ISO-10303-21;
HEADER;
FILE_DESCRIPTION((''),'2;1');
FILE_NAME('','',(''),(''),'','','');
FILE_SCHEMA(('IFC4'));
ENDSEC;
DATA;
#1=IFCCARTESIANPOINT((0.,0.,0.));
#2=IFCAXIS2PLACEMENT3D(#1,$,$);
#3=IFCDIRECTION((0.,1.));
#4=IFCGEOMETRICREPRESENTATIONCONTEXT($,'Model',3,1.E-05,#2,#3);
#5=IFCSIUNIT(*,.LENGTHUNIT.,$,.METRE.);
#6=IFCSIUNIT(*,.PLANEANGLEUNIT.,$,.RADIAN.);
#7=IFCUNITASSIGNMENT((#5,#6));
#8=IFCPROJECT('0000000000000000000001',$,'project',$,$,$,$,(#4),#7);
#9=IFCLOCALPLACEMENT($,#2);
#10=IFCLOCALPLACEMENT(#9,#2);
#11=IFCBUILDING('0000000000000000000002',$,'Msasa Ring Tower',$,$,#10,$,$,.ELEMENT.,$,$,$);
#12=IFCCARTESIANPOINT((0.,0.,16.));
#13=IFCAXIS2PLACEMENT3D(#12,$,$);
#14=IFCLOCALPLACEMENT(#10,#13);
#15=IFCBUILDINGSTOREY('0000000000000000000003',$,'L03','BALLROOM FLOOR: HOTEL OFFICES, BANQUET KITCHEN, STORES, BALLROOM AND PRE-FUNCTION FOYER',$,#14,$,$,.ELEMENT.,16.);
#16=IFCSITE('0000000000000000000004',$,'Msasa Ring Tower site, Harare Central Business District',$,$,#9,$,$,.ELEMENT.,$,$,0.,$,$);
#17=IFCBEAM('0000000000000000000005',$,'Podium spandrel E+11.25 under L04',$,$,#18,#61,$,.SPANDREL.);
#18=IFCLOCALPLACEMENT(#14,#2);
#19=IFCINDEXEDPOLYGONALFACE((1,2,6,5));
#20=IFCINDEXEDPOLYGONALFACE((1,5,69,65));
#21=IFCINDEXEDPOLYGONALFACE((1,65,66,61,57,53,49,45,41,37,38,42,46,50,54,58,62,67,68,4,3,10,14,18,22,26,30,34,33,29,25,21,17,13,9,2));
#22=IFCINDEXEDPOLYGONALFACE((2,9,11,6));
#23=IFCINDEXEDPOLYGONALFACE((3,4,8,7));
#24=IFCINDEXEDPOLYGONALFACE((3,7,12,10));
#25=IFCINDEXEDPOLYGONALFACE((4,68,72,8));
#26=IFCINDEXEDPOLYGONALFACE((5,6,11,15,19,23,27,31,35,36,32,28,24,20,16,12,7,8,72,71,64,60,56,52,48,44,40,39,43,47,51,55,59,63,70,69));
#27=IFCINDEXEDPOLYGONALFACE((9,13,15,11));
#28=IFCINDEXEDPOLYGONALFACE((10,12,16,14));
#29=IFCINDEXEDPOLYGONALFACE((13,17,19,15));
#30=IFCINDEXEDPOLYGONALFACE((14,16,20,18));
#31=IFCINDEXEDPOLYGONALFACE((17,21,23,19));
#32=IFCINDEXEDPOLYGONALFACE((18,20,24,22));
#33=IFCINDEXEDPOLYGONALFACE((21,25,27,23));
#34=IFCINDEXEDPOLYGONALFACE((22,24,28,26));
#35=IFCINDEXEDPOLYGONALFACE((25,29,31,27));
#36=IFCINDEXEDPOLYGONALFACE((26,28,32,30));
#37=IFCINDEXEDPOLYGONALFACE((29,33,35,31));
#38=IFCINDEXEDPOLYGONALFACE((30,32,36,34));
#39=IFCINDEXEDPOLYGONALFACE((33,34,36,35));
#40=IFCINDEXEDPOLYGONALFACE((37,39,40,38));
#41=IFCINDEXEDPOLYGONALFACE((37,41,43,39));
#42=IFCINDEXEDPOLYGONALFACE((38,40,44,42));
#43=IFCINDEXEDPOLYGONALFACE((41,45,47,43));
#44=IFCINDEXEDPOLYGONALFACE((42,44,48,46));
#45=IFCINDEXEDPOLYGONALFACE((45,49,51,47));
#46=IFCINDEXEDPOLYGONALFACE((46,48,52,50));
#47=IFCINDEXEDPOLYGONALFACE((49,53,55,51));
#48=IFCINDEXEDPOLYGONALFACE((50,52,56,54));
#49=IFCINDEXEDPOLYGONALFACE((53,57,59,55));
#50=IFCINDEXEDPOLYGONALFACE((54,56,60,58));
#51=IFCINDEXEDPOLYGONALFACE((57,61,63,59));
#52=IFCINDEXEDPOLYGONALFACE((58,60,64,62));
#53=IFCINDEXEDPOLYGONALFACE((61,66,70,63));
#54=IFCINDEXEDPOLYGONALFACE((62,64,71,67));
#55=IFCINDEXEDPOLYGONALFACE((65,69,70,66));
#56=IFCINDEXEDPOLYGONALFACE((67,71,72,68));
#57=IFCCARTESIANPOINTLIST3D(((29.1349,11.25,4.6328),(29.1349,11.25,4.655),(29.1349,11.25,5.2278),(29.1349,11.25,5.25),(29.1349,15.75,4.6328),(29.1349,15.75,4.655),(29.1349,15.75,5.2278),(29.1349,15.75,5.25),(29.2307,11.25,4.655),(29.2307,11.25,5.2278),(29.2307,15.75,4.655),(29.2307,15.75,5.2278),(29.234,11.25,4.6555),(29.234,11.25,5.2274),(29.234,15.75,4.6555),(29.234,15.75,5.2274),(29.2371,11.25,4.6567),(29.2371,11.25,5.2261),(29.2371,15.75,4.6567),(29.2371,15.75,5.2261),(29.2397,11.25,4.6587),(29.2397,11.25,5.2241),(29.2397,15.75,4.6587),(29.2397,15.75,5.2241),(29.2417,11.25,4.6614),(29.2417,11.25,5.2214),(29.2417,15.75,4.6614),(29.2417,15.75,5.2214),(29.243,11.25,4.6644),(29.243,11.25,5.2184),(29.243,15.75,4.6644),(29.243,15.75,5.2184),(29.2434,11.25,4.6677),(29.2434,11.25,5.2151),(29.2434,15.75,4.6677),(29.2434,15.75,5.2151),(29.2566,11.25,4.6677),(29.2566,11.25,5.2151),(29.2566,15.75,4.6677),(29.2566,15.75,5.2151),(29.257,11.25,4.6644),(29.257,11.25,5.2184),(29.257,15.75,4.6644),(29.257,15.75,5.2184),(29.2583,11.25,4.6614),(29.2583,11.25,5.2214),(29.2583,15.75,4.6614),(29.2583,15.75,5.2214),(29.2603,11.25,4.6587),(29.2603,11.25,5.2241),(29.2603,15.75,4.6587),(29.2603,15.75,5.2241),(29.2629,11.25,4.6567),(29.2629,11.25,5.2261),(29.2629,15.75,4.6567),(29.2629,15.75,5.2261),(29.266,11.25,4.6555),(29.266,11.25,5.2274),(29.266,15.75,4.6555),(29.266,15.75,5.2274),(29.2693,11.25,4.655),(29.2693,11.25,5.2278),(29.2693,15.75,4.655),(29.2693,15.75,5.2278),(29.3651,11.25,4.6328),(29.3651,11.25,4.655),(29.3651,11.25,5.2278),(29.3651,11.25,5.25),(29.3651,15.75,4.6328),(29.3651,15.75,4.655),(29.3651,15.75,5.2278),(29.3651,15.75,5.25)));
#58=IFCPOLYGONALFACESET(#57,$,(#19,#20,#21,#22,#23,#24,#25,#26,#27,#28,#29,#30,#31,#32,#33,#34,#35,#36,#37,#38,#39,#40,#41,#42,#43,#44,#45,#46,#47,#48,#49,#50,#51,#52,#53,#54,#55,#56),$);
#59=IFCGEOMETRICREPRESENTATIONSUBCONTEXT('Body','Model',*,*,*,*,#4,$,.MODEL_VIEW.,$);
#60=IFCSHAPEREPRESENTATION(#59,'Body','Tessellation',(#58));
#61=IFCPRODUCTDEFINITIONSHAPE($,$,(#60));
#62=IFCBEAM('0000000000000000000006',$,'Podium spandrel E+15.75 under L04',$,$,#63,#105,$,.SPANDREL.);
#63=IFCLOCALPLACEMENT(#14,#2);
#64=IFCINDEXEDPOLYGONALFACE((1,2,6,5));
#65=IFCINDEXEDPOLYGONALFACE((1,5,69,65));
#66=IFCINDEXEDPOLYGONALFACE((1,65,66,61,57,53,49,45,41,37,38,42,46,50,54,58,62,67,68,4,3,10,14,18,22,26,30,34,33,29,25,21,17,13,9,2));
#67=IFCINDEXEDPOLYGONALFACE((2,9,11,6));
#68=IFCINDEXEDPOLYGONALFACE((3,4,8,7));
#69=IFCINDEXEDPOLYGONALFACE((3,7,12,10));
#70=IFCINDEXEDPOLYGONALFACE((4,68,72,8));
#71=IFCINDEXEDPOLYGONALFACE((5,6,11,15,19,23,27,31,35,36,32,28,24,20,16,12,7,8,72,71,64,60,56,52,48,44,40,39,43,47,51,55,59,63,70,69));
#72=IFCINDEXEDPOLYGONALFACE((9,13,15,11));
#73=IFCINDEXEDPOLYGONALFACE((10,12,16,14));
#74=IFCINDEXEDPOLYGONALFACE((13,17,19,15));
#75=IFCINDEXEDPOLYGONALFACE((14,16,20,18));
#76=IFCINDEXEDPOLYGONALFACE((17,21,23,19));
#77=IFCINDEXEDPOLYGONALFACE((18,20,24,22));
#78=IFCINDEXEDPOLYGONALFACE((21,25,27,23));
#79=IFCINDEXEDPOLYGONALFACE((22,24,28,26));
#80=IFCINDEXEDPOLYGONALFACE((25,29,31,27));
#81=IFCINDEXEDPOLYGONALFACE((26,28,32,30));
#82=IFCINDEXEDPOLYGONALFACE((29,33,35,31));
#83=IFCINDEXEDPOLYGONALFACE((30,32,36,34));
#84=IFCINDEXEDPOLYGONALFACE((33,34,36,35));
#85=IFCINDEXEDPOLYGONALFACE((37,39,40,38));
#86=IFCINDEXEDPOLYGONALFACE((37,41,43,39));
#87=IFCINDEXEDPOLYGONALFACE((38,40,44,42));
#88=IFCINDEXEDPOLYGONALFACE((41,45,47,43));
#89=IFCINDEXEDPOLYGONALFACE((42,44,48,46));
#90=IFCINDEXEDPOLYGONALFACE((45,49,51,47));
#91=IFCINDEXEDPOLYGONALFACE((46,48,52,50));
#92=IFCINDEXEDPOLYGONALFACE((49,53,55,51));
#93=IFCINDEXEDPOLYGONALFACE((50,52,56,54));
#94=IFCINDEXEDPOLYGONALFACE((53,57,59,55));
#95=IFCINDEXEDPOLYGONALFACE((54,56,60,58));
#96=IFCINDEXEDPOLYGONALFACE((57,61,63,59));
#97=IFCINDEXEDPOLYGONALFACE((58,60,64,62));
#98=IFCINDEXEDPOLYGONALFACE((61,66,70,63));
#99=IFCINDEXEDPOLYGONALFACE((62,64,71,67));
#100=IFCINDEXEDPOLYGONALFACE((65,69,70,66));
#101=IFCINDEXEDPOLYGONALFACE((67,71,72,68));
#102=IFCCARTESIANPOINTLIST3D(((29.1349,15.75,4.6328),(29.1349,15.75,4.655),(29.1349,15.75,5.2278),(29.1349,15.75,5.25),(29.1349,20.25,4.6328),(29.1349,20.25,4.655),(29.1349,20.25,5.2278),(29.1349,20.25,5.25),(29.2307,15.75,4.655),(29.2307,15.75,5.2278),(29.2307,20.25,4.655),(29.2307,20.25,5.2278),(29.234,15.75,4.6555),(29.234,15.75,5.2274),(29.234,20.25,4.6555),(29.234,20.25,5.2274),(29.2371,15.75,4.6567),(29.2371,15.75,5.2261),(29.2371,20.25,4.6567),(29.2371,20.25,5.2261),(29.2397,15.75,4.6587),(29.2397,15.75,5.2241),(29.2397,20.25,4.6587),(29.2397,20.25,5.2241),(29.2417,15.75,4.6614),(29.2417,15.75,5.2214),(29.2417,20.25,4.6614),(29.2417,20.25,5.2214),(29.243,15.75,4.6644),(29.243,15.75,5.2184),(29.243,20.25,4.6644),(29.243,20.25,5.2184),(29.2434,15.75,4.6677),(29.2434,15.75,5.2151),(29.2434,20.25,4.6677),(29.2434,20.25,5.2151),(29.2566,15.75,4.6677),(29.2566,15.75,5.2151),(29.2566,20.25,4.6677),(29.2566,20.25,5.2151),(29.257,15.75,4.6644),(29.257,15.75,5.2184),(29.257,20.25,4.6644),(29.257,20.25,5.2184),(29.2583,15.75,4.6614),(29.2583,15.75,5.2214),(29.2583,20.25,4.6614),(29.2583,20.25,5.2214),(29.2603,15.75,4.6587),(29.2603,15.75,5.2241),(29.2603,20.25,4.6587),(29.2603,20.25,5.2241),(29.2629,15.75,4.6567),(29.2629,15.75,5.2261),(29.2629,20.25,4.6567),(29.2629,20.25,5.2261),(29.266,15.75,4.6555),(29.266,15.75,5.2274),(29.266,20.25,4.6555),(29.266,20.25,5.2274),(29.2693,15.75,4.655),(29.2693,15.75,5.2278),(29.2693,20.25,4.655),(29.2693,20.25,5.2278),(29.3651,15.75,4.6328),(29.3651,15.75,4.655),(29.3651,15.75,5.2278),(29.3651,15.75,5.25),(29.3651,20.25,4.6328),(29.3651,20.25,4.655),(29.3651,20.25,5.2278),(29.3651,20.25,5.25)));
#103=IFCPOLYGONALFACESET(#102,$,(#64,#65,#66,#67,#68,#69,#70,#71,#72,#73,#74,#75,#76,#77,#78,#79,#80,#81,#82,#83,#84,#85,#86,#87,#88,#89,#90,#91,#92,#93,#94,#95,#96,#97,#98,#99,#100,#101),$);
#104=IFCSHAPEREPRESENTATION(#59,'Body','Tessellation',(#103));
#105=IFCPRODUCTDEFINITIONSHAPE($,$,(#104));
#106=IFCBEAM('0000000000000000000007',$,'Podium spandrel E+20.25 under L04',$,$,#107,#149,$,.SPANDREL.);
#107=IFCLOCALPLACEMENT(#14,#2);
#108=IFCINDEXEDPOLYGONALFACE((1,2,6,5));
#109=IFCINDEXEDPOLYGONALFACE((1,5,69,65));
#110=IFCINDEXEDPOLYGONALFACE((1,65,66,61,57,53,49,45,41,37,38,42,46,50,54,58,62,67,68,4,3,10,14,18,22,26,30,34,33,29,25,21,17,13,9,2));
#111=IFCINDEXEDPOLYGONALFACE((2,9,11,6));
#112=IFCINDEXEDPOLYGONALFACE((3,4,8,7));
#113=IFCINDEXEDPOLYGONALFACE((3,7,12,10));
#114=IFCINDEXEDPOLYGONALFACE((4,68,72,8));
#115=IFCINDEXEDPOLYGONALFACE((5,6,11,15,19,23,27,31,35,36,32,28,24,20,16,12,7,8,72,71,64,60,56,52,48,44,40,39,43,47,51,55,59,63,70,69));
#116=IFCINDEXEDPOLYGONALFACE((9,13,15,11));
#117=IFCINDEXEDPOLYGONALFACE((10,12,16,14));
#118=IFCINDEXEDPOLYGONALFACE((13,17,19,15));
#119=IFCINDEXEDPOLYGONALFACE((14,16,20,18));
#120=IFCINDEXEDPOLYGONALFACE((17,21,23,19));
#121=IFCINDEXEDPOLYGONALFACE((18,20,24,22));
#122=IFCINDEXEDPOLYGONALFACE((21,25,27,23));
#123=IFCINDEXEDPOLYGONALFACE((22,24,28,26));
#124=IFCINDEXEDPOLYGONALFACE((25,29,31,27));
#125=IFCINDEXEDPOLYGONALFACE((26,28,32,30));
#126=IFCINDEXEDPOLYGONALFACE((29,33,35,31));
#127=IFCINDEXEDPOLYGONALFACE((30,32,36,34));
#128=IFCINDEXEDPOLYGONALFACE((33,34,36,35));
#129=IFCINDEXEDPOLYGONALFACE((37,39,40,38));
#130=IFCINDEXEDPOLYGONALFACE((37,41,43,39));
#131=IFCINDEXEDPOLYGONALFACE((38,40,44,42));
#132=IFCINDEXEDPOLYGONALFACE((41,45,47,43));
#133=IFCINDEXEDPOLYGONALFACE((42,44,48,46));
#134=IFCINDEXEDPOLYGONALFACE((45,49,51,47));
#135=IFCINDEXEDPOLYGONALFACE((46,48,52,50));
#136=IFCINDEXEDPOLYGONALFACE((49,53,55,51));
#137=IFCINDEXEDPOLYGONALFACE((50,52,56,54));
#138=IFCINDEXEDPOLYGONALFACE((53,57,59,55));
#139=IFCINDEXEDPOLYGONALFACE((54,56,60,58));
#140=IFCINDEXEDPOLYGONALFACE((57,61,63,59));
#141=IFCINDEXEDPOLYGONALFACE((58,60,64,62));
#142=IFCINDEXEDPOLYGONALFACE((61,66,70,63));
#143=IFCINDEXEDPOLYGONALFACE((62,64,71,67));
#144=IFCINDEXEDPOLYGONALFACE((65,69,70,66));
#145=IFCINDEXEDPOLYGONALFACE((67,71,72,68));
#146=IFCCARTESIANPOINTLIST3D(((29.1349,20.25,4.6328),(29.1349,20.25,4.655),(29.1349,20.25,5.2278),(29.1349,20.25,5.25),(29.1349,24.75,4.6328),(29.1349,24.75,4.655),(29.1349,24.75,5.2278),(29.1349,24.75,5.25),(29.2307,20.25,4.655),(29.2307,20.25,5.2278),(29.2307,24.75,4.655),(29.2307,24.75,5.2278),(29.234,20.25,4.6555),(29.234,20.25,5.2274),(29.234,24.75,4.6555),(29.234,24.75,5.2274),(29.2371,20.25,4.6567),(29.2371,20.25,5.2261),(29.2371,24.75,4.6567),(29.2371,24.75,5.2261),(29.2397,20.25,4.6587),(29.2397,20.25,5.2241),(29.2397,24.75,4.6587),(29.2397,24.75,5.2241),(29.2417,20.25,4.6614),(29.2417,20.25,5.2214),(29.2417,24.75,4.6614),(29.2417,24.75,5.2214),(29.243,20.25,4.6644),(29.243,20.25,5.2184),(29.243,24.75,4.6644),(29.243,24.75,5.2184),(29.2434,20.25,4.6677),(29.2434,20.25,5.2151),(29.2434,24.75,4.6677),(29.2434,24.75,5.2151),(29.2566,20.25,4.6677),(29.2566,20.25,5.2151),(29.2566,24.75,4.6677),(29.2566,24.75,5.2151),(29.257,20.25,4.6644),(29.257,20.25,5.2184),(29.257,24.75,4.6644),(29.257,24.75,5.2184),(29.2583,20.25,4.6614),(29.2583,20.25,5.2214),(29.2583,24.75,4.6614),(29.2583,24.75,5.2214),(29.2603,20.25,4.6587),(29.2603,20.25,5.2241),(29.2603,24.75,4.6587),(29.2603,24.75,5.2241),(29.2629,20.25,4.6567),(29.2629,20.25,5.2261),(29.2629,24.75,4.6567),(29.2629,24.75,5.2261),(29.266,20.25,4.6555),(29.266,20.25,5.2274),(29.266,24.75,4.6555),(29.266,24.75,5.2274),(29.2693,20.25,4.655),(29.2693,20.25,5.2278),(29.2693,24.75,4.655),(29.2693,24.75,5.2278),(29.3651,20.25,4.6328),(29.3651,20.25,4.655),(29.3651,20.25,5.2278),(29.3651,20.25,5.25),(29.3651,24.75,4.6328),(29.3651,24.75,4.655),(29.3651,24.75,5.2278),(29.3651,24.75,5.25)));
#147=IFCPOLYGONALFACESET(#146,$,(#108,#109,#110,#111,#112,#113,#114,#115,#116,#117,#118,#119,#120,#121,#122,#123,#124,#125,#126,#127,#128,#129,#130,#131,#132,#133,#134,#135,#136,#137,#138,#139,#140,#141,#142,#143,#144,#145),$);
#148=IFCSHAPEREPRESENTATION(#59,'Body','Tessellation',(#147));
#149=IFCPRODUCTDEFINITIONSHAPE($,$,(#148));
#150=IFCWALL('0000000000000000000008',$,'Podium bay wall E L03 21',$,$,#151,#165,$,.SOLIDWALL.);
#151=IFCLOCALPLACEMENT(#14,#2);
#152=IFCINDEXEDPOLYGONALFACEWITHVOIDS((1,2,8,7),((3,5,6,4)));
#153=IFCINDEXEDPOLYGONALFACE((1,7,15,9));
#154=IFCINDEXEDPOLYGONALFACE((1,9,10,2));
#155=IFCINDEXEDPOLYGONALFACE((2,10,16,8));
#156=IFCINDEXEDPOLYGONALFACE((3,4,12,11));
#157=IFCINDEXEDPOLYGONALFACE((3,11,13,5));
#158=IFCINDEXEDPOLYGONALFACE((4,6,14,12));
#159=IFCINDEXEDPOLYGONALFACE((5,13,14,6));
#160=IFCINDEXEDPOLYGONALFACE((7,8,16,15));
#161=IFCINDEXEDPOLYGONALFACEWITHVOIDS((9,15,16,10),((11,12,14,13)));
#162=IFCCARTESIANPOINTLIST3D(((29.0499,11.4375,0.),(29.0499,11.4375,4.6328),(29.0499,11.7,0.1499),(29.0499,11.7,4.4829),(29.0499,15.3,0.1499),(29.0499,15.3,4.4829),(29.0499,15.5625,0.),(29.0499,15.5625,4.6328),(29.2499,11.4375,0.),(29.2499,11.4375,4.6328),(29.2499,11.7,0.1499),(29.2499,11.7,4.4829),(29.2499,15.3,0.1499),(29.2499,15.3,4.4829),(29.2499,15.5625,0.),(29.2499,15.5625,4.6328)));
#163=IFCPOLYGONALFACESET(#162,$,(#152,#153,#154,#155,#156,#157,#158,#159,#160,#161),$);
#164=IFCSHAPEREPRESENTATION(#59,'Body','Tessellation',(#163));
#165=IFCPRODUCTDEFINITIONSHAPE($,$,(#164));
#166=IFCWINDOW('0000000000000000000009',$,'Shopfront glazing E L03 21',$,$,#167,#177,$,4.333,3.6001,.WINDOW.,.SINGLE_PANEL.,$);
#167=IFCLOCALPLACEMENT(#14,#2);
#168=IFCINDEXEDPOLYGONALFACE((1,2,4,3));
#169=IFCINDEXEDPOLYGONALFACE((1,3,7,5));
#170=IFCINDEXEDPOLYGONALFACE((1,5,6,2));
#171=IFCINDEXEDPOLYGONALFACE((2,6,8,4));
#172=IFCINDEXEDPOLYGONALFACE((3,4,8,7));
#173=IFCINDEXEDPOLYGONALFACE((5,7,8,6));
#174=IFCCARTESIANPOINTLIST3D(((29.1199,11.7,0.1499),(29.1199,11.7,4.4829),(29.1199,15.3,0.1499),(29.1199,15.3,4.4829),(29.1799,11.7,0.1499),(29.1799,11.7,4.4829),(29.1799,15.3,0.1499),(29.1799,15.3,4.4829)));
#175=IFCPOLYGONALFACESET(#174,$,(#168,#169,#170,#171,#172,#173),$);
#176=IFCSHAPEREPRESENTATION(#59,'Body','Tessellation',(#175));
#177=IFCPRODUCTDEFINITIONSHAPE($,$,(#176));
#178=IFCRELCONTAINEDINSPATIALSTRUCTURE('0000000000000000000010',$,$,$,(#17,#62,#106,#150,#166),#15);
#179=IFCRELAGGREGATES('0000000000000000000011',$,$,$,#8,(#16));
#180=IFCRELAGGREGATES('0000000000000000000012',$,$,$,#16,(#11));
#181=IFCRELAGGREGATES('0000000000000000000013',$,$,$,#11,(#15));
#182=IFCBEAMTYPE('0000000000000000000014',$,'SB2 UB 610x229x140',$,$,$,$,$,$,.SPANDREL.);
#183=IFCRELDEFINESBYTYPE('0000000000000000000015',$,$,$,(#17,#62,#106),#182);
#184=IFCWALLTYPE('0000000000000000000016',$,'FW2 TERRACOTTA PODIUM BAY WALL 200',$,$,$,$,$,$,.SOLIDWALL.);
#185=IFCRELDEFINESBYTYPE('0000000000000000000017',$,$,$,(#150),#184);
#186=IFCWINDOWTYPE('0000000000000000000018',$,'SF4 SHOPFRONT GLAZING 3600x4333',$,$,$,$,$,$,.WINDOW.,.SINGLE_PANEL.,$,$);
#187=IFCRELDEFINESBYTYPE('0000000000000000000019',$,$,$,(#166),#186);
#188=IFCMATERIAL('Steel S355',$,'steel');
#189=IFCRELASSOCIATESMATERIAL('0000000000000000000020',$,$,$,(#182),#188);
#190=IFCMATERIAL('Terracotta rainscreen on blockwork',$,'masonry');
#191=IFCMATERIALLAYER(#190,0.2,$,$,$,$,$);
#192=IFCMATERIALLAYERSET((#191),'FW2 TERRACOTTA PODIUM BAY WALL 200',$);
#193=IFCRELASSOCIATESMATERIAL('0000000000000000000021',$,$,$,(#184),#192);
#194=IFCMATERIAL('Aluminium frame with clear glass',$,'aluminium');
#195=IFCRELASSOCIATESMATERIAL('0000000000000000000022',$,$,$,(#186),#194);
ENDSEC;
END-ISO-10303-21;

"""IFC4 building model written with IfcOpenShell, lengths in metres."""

from ifc_helpers import new_model, si_unit, direction, frame, frame_2d, origin, origin_2d, place, context, subcontext, project, spatial, rectangle, i_section, extrude, material, layer, layer_set, material_profile, profile_set, type_object, element, fill, save


model = new_model("IFC4")

# Units and contexts
model_context = context("Model", 3, precision=1e-05, world=origin(), true_north=direction((0.0, 1.0)))
body_context = subcontext(model_context, "Body", "Model", "MODEL_VIEW")
ifc_project = project(units=[si_unit("LENGTHUNIT", "METRE"), si_unit("PLANEANGLEUNIT", "RADIAN")], contexts=[model_context])

# Site, building, storey
site_placement = place(None, origin())
site = spatial("IfcSite", under=ifc_project, at=site_placement, Name="Msasa Ring Tower site, Harare Central Business District", CompositionType="ELEMENT", RefElevation=0.0)
building_placement = place(site_placement, origin())
building = spatial("IfcBuilding", under=site, at=building_placement, Name="Msasa Ring Tower", CompositionType="ELEMENT")
storey_placement = place(building_placement, frame((0.0, 0.0, 16.0)))
storey = spatial("IfcBuildingStorey", under=building, at=storey_placement, Name="L03", Description="BALLROOM FLOOR: HOTEL OFFICES, BANQUET KITCHEN, STORES, BALLROOM AND PRE-FUNCTION FOYER", CompositionType="ELEMENT", Elevation=16.0)

# Beams
ifc_material_1 = material(Name="Steel S355", Category="steel")
ifc_material_profile_1 = material_profile(ifc_material_1, i_section(OverallWidth=0.2302, OverallDepth=0.6172, WebThickness=0.0132, FlangeThickness=0.0222, FilletRadius=0.0127, at=origin_2d()), Name="UB 610x229x140")
ifc_profile_set_1 = profile_set([ifc_material_profile_1], Name="Steel S355")
beam_type_1 = type_object("IfcBeamType", Name="SB2 UB 610x229x140", PredefinedType="SPANDREL", material=ifc_profile_set_1)
for number, where, z_axis, x_axis, name in (
    (1, (29.25, 11.25, 4.9414), (0.0, 1.0, 0.0), (-1.0, 0.0, 0.0), "Podium spandrel E+11.25 under L04"),
    (2, (29.25, 15.75, 4.9414), (0.0, 1.0, 0.0), (-1.0, 0.0, 0.0), "Podium spandrel E+15.75 under L04"),
    (3, (29.25, 20.25, 4.9414), (0.0, 1.0, 0.0), (-1.0, 0.0, 0.0), "Podium spandrel E+20.25 under L04"),
):
    element("IfcBeam", number, at=place(storey_placement, frame(where, z_axis=z_axis, x_axis=x_axis)), inside=storey, type_object=beam_type_1, Name=name, PredefinedType="SPANDREL", context=body_context, shape_type="SweptSolid", body=[
        extrude(i_section(OverallWidth=0.2302, OverallDepth=0.6172, WebThickness=0.0132, FlangeThickness=0.0222, FilletRadius=0.0127, at=origin_2d()), origin(), (0.0, 0.0, 1.0), 4.5),
    ])

# Wall, opening, window
ifc_material_2 = material(Name="Terracotta rainscreen on blockwork", Category="masonry")
ifc_layer_1 = layer(ifc_material_2, 0.2)
ifc_layer_set_1 = layer_set([ifc_layer_1], Name="FW2 TERRACOTTA PODIUM BAY WALL 200")
wall_type_1 = type_object("IfcWallType", Name="FW2 TERRACOTTA PODIUM BAY WALL 200", PredefinedType="SOLIDWALL", material=ifc_layer_set_1)
wall_1_placement = place(storey_placement, frame((29.1499, 11.4375, 0.0), z_axis=(0.0, 0.0, 1.0), x_axis=(0.0, 1.0, 0.0)))
wall_1 = element("IfcWall", 4, at=wall_1_placement, inside=storey, type_object=wall_type_1, Name="Podium bay wall E L03 21", PredefinedType="SOLIDWALL", context=body_context, shape_type="SweptSolid", body=[
    extrude(rectangle(XDim=4.125, YDim=0.2, at=frame_2d((2.0625, 0.0))), origin(), (0.0, 0.0, 1.0), 4.6328),
])
opening_1_placement = place(wall_1_placement, frame((0.2625, 0.0, 0.1499)))
opening_1 = element("IfcOpeningElement", 5, at=opening_1_placement, cuts=wall_1, PredefinedType="OPENING", context=body_context, shape_type="SweptSolid", body=[
    extrude(rectangle(XDim=3.6001, YDim=4.333, at=frame_2d((1.8, 2.1665))), frame((0.0, 0.1099, 0.0), z_axis=(0.0, -1.0, 0.0), x_axis=(1.0, 0.0, 0.0)), (0.0, 0.0, 1.0), 0.22),
])
ifc_material_3 = material(Name="Aluminium frame with clear glass", Category="aluminium")
window_type = type_object("IfcWindowType", Name="SF4 SHOPFRONT GLAZING 3600x4333", PartitioningType="SINGLE_PANEL", PredefinedType="WINDOW", material=ifc_material_3)
window_1_placement = place(opening_1_placement, origin())
window_1 = element("IfcWindow", 6, at=window_1_placement, inside=storey, type_object=window_type, Name="Shopfront glazing E L03 21", OverallHeight=4.333, OverallWidth=3.6001, PartitioningType="SINGLE_PANEL", PredefinedType="WINDOW", context=body_context, shape_type="SweptSolid", body=[
    extrude(rectangle(XDim=3.6001, YDim=4.333, at=frame_2d((1.8, 2.1665))), frame((0.0, 0.03, 0.0), z_axis=(0.0, -1.0, 0.0), x_axis=(1.0, 0.0, 0.0)), (0.0, 0.0, 1.0), 0.0601),
])
fill(opening_1, window_1)

save(model, "model.ifc")
